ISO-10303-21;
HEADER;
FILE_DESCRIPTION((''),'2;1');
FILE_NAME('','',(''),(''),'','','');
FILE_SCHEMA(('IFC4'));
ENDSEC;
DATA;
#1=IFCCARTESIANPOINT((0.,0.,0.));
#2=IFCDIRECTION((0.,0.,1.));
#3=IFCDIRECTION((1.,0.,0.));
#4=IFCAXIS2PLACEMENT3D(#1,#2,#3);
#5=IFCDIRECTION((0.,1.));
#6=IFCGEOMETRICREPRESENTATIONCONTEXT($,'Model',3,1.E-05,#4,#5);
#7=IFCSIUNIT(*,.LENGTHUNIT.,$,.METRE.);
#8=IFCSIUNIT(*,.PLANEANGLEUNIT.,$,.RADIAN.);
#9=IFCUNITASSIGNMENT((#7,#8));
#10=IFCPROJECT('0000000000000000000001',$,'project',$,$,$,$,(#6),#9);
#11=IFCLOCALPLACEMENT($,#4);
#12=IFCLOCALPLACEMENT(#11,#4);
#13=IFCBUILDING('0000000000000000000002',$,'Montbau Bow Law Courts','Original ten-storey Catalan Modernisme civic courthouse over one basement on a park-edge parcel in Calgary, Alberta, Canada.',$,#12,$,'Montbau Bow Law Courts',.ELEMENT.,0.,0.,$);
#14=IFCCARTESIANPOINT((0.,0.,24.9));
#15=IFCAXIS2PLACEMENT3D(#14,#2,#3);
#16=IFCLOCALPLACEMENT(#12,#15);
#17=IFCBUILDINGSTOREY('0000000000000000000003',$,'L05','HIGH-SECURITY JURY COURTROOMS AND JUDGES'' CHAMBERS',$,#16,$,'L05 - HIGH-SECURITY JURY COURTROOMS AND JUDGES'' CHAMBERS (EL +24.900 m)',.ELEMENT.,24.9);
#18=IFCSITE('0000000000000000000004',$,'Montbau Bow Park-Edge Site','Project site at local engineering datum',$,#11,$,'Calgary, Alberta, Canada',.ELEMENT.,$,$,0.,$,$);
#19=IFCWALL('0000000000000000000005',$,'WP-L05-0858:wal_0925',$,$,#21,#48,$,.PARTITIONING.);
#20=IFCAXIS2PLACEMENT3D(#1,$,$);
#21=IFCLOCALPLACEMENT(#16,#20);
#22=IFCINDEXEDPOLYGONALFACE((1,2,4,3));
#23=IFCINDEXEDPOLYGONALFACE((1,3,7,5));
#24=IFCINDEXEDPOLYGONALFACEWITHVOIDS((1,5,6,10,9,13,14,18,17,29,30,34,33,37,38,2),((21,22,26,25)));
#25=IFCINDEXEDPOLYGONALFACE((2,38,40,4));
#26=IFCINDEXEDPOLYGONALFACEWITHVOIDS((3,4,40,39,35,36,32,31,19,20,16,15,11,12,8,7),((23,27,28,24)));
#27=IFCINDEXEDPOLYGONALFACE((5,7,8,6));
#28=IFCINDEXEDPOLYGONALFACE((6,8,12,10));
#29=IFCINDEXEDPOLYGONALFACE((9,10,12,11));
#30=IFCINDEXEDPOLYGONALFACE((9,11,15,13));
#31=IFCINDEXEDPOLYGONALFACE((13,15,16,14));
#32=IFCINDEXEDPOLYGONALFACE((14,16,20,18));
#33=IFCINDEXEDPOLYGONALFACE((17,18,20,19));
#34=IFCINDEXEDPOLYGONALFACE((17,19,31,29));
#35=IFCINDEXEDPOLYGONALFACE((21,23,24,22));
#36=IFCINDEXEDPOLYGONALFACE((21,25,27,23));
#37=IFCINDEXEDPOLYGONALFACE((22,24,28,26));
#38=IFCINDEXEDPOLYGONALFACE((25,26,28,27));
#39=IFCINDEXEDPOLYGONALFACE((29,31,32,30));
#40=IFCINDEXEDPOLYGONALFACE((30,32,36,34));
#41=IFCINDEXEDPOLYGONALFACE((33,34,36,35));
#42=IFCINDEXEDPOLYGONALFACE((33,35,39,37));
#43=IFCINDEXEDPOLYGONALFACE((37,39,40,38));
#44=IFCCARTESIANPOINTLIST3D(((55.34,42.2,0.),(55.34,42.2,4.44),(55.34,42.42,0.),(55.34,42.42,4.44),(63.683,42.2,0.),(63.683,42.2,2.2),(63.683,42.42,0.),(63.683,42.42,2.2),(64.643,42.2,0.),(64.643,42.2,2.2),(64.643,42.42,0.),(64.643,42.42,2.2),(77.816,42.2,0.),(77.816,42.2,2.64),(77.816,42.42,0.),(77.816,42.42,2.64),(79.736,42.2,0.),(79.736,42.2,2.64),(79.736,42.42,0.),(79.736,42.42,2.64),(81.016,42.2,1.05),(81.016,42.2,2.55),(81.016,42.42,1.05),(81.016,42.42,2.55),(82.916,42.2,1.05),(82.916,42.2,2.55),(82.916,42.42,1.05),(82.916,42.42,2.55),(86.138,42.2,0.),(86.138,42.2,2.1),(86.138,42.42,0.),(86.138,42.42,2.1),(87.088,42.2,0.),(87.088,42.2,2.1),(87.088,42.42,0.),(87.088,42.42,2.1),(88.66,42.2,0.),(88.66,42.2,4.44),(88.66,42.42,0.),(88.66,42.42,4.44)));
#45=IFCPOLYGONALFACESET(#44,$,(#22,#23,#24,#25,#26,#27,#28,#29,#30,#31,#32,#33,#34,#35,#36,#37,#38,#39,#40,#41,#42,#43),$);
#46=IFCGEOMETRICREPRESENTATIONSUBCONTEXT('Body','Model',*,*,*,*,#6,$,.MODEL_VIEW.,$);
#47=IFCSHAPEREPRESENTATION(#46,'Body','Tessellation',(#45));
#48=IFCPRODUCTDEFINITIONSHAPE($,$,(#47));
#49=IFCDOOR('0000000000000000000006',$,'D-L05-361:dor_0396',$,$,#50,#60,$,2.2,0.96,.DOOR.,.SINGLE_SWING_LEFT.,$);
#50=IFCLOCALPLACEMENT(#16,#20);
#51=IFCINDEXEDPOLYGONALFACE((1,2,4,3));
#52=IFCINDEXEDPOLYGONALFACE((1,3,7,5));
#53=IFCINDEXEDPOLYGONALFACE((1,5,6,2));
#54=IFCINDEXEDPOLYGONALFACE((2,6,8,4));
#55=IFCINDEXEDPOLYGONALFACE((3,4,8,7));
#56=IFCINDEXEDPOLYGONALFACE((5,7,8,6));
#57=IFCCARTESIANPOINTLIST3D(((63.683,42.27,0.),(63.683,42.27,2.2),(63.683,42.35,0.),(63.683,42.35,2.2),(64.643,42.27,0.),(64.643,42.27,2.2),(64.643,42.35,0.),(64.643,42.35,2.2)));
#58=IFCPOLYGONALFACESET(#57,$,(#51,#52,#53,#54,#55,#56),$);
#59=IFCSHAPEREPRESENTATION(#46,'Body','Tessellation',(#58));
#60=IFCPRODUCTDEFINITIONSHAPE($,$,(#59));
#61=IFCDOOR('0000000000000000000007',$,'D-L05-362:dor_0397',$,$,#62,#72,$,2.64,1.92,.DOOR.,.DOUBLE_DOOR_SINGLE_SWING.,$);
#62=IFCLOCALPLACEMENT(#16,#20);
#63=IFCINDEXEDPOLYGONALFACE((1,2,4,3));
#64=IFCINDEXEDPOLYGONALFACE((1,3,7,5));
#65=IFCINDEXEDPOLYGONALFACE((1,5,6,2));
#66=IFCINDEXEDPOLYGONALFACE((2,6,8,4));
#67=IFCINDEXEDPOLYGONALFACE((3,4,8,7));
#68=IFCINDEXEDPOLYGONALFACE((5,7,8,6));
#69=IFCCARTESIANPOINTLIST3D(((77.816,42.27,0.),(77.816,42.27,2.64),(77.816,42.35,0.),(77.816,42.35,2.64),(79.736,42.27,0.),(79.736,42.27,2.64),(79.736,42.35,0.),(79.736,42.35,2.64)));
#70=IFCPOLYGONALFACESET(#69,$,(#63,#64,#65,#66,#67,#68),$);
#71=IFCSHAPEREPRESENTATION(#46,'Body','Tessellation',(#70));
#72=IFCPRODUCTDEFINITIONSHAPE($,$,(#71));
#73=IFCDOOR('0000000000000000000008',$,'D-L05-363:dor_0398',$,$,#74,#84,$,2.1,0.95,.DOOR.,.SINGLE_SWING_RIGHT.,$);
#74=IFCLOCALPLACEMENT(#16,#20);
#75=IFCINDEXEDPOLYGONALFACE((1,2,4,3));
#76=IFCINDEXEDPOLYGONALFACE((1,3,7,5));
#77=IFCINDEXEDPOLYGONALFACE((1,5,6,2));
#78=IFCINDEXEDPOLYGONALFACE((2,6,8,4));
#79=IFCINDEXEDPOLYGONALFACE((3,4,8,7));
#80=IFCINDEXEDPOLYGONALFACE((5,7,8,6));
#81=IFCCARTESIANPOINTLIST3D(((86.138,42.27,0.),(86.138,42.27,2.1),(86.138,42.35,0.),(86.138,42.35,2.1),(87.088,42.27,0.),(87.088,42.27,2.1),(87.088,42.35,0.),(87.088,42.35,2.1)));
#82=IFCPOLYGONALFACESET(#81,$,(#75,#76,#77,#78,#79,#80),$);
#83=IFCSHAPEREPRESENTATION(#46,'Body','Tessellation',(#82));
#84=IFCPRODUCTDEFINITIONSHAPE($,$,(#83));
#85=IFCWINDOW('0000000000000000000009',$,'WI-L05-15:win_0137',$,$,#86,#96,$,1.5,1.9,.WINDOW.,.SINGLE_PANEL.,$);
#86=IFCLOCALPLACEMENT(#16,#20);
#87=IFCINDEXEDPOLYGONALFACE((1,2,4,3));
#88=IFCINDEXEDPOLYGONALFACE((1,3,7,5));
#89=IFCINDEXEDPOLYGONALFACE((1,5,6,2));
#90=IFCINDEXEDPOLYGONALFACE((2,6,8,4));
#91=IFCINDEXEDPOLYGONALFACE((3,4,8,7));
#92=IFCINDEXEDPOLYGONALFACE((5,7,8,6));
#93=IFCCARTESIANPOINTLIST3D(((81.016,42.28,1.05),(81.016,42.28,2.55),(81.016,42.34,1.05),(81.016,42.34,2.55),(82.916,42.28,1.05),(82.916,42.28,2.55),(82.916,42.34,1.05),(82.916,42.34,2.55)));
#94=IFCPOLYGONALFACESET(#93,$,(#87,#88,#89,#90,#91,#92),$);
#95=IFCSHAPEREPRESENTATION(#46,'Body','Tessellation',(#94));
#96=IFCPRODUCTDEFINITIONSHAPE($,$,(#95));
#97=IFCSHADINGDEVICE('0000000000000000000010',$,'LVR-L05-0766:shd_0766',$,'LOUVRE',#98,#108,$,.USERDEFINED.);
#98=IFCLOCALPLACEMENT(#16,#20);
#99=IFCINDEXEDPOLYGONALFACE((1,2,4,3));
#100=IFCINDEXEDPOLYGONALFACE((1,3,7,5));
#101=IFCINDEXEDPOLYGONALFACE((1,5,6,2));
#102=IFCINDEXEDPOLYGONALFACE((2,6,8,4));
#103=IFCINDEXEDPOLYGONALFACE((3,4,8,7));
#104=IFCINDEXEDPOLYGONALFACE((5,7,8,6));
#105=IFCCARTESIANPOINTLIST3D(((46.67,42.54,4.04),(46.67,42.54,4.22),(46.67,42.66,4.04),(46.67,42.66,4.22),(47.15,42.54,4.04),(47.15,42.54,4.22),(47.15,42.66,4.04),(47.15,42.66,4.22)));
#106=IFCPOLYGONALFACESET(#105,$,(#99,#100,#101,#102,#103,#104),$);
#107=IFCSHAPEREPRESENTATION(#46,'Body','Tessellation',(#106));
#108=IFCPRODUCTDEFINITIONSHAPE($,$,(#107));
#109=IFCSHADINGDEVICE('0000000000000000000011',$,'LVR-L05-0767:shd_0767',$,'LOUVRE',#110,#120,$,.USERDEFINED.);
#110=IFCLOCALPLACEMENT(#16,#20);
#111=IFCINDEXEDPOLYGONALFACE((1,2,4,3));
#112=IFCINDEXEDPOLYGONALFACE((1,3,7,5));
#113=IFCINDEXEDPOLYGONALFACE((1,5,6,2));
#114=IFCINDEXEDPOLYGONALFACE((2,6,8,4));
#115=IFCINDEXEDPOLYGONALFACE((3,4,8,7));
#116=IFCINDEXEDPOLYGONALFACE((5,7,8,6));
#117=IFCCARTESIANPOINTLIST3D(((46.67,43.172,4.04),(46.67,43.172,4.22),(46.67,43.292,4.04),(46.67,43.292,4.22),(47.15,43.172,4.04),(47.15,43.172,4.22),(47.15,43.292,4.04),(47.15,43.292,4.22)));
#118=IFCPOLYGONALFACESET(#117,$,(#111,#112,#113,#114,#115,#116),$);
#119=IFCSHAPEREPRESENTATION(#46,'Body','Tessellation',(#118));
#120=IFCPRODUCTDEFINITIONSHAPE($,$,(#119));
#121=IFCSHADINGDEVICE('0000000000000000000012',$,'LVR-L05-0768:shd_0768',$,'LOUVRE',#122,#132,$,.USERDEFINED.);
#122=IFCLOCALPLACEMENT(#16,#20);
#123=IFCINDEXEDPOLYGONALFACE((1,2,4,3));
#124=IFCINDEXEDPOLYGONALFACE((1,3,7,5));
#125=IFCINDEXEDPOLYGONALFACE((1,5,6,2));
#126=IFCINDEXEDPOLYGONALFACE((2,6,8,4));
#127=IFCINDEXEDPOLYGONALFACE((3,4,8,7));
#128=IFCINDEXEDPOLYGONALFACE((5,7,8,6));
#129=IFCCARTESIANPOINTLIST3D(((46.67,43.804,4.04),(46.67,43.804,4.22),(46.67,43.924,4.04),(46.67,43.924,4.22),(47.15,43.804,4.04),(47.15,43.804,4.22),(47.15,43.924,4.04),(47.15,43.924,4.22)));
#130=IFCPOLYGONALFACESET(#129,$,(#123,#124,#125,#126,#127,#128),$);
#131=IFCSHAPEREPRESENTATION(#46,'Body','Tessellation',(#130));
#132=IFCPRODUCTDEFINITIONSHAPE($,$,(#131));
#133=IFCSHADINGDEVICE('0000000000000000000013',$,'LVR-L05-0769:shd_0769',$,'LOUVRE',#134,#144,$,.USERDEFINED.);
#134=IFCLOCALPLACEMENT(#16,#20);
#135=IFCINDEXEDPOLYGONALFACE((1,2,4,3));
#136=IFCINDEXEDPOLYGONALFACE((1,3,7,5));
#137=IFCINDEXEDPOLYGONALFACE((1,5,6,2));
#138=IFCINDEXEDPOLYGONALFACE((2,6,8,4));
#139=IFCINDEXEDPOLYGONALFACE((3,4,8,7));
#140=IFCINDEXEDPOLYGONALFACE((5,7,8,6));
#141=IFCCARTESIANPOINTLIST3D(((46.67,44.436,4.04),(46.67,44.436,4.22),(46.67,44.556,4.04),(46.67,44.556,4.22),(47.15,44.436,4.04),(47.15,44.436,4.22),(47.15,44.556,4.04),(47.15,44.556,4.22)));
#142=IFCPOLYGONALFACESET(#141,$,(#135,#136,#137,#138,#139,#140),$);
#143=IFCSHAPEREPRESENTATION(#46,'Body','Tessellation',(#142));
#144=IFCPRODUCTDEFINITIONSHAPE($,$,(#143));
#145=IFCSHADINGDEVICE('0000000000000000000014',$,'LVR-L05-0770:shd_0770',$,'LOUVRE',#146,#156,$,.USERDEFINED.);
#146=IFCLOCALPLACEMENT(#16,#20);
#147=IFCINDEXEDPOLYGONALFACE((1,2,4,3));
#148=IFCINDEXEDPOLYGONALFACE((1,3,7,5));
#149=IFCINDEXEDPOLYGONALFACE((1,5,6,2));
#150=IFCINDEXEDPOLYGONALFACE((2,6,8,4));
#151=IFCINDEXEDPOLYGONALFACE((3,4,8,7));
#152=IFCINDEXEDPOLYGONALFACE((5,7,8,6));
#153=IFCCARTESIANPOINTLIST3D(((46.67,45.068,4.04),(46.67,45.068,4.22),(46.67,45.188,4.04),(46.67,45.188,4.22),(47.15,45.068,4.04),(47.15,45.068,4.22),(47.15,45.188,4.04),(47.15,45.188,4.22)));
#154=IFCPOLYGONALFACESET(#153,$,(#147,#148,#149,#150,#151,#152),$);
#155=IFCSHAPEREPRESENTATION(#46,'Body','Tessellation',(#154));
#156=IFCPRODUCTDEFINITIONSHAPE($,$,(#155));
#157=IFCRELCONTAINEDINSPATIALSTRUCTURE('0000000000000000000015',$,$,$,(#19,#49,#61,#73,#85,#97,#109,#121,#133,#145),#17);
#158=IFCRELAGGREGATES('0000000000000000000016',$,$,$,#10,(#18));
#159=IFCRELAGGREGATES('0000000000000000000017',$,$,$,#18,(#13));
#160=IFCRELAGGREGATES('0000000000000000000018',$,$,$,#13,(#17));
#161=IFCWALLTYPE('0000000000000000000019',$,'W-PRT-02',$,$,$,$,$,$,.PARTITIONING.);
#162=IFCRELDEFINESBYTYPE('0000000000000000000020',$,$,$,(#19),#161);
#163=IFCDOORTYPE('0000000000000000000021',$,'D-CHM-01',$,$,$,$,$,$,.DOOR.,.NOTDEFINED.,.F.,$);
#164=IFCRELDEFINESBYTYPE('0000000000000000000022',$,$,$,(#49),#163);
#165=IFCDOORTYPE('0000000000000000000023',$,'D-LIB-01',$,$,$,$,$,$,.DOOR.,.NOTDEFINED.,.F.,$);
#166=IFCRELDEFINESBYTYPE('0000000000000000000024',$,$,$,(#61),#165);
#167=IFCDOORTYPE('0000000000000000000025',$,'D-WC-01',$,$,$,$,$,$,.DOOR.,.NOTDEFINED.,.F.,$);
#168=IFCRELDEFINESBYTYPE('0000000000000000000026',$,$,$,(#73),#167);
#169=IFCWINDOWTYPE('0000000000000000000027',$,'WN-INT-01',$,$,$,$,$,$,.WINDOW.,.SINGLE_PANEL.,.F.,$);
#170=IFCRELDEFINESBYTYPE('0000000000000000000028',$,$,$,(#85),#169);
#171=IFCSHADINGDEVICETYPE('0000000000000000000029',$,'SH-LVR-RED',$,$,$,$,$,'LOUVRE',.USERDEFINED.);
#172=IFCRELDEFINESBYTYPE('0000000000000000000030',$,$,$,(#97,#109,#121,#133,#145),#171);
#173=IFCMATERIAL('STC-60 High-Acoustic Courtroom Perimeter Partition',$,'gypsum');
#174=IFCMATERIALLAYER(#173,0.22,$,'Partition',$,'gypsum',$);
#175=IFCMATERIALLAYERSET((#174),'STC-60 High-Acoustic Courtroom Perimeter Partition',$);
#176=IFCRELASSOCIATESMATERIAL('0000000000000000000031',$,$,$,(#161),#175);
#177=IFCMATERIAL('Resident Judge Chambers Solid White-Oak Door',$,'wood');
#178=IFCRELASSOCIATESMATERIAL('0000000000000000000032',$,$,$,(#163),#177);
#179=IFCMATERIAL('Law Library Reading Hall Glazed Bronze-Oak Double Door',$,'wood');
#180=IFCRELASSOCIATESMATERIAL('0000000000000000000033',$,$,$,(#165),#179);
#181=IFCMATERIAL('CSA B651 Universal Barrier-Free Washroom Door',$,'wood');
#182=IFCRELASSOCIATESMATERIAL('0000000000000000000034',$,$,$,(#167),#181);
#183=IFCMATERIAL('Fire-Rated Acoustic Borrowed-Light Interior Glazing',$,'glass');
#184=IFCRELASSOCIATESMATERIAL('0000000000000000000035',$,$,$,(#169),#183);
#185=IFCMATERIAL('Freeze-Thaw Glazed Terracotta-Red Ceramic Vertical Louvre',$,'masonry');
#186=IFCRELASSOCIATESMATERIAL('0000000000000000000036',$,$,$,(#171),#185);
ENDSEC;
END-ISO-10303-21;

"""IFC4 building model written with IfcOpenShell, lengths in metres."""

from ifc_helpers import new_model, si_unit, direction, frame, frame_2d, origin_with_axes, origin_2d_with_axis, place, context, subcontext, project, spatial, rectangle, extrude, material, layer, layer_set, type_object, element, fill, save


model = new_model("IFC4")

# Units and contexts
model_context = context("Model", 3, precision=1e-05, world=origin_with_axes(), true_north=direction((0.0, 1.0)))
body_context = subcontext(model_context, "Body", "Model", "MODEL_VIEW")
ifc_project = project(units=[si_unit("LENGTHUNIT", "METRE"), si_unit("PLANEANGLEUNIT", "RADIAN")], contexts=[model_context])

# Site, building, storey
site_placement = place(None, origin_with_axes())
site = spatial("IfcSite", under=ifc_project, at=site_placement, Name="Montbau Bow Park-Edge Site", Description="Project site at local engineering datum", LongName="Calgary, Alberta, Canada", CompositionType="ELEMENT", RefElevation=0.0)
building_placement = place(site_placement, origin_with_axes())
building = spatial("IfcBuilding", under=site, at=building_placement, Name="Montbau Bow Law Courts", Description="Original ten-storey Catalan Modernisme civic courthouse over one basement on a park-edge parcel in Calgary, Alberta, Canada.", LongName="Montbau Bow Law Courts", CompositionType="ELEMENT", ElevationOfRefHeight=0.0, ElevationOfTerrain=0.0)
storey_placement = place(building_placement, frame((0.0, 0.0, 24.9), z_axis=(0.0, 0.0, 1.0), x_axis=(1.0, 0.0, 0.0)))
storey = spatial("IfcBuildingStorey", under=building, at=storey_placement, Name="L05", Description="HIGH-SECURITY JURY COURTROOMS AND JUDGES' CHAMBERS", LongName="L05 - HIGH-SECURITY JURY COURTROOMS AND JUDGES' CHAMBERS (EL +24.900 m)", CompositionType="ELEMENT", Elevation=24.9)

# Wall, openings, doors, window
ifc_material_1 = material(Name="STC-60 High-Acoustic Courtroom Perimeter Partition", Category="gypsum")
ifc_layer_1 = layer(ifc_material_1, 0.22, Name="Partition", Category="gypsum")
ifc_layer_set_1 = layer_set([ifc_layer_1], Name="STC-60 High-Acoustic Courtroom Perimeter Partition")
wall_type = type_object("IfcWallType", Name="W-PRT-02", PredefinedType="PARTITIONING", material=ifc_layer_set_1)
wall_placement = place(None, frame((55.34, 42.31, 24.9), z_axis=(0.0, 0.0, 1.0), x_axis=(1.0, 0.0, 0.0)))
wall = element("IfcWall", 1, at=wall_placement, inside=storey, type_object=wall_type, Name="WP-L05-0858:wal_0925", PredefinedType="PARTITIONING", context=body_context, shape_type="SweptSolid", body=[
    extrude(rectangle(XDim=33.32, YDim=0.22, at=frame_2d((16.66, 0.0), x_axis=(1.0, 0.0))), origin_with_axes(), (0.0, 0.0, 1.0), 4.44),
])
opening_1_placement = place(None, frame((64.163, 42.31, 24.9), z_axis=(0.0, 0.0, 1.0), x_axis=(1.0, 0.0, 0.0)))
opening_1 = element("IfcOpeningElement", 2, at=opening_1_placement, cuts=wall, PredefinedType="OPENING", context=body_context, shape_type="SweptSolid", body=[
    extrude(rectangle(XDim=0.96, YDim=2.2, at=frame_2d((0.0, 1.1), x_axis=(1.0, 0.0))), frame((0.0, 0.12, 0.0), z_axis=(0.0, -1.0, 0.0), x_axis=(1.0, 0.0, 0.0)), (0.0, 0.0, 1.0), 0.24),
])
opening_2_placement = place(None, frame((78.776, 42.31, 24.9), z_axis=(0.0, 0.0, 1.0), x_axis=(1.0, 0.0, 0.0)))
opening_2 = element("IfcOpeningElement", 3, at=opening_2_placement, cuts=wall, PredefinedType="OPENING", context=body_context, shape_type="SweptSolid", body=[
    extrude(rectangle(XDim=1.92, YDim=2.64, at=frame_2d((0.0, 1.32), x_axis=(1.0, 0.0))), frame((0.0, 0.12, 0.0), z_axis=(0.0, -1.0, 0.0), x_axis=(1.0, 0.0, 0.0)), (0.0, 0.0, 1.0), 0.24),
])
opening_3_placement = place(None, frame((86.613, 42.31, 24.9), z_axis=(0.0, 0.0, 1.0), x_axis=(1.0, 0.0, 0.0)))
opening_3 = element("IfcOpeningElement", 4, at=opening_3_placement, cuts=wall, PredefinedType="OPENING", context=body_context, shape_type="SweptSolid", body=[
    extrude(rectangle(XDim=0.95, YDim=2.1, at=frame_2d((0.0, 1.05), x_axis=(1.0, 0.0))), frame((0.0, 0.12, 0.0), z_axis=(0.0, -1.0, 0.0), x_axis=(1.0, 0.0, 0.0)), (0.0, 0.0, 1.0), 0.24),
])
opening_4_placement = place(None, frame((81.966, 42.31, 25.95), z_axis=(0.0, 0.0, 1.0), x_axis=(1.0, 0.0, 0.0)))
opening_4 = element("IfcOpeningElement", 5, at=opening_4_placement, cuts=wall, PredefinedType="OPENING", context=body_context, shape_type="SweptSolid", body=[
    extrude(rectangle(XDim=1.9, YDim=1.5, at=frame_2d((0.0, 0.75), x_axis=(1.0, 0.0))), frame((0.0, 0.12, 0.0), z_axis=(0.0, -1.0, 0.0), x_axis=(1.0, 0.0, 0.0)), (0.0, 0.0, 1.0), 0.24),
])
ifc_material_2 = material(Name="Resident Judge Chambers Solid White-Oak Door", Category="wood")
door_type_1 = type_object("IfcDoorType", Name="D-CHM-01", OperationType="NOTDEFINED", ParameterTakesPrecedence=False, PredefinedType="DOOR", material=ifc_material_2)
door_1_placement = place(None, frame((64.163, 42.31, 24.9), z_axis=(0.0, 0.0, 1.0), x_axis=(1.0, 0.0, 0.0)))
door_1 = element("IfcDoor", 6, at=door_1_placement, inside=storey, type_object=door_type_1, Name="D-L05-361:dor_0396", OperationType="SINGLE_SWING_LEFT", OverallHeight=2.2, OverallWidth=0.96, PredefinedType="DOOR", context=body_context, shape_type="SweptSolid", body=[
    extrude(rectangle(XDim=0.96, YDim=2.2, at=frame_2d((0.0, 1.1), x_axis=(1.0, 0.0))), frame((0.0, 0.04, 0.0), z_axis=(0.0, -1.0, 0.0), x_axis=(1.0, 0.0, 0.0)), (0.0, 0.0, 1.0), 0.08),
])
fill(opening_1, door_1)
ifc_material_3 = material(Name="Law Library Reading Hall Glazed Bronze-Oak Double Door", Category="wood")
door_type_2 = type_object("IfcDoorType", Name="D-LIB-01", OperationType="NOTDEFINED", ParameterTakesPrecedence=False, PredefinedType="DOOR", material=ifc_material_3)
door_2_placement = place(None, frame((78.776, 42.31, 24.9), z_axis=(0.0, 0.0, 1.0), x_axis=(1.0, 0.0, 0.0)))
door_2 = element("IfcDoor", 7, at=door_2_placement, inside=storey, type_object=door_type_2, Name="D-L05-362:dor_0397", OperationType="DOUBLE_DOOR_SINGLE_SWING", OverallHeight=2.64, OverallWidth=1.92, PredefinedType="DOOR", context=body_context, shape_type="SweptSolid", body=[
    extrude(rectangle(XDim=1.92, YDim=2.64, at=frame_2d((0.0, 1.32), x_axis=(1.0, 0.0))), frame((0.0, 0.04, 0.0), z_axis=(0.0, -1.0, 0.0), x_axis=(1.0, 0.0, 0.0)), (0.0, 0.0, 1.0), 0.08),
])
fill(opening_2, door_2)
ifc_material_4 = material(Name="CSA B651 Universal Barrier-Free Washroom Door", Category="wood")
door_type_3 = type_object("IfcDoorType", Name="D-WC-01", OperationType="NOTDEFINED", ParameterTakesPrecedence=False, PredefinedType="DOOR", material=ifc_material_4)
door_3_placement = place(None, frame((86.613, 42.31, 24.9), z_axis=(0.0, 0.0, 1.0), x_axis=(1.0, 0.0, 0.0)))
door_3 = element("IfcDoor", 8, at=door_3_placement, inside=storey, type_object=door_type_3, Name="D-L05-363:dor_0398", OperationType="SINGLE_SWING_RIGHT", OverallHeight=2.1, OverallWidth=0.95, PredefinedType="DOOR", context=body_context, shape_type="SweptSolid", body=[
    extrude(rectangle(XDim=0.95, YDim=2.1, at=frame_2d((0.0, 1.05), x_axis=(1.0, 0.0))), frame((0.0, 0.04, 0.0), z_axis=(0.0, -1.0, 0.0), x_axis=(1.0, 0.0, 0.0)), (0.0, 0.0, 1.0), 0.08),
])
fill(opening_3, door_3)
ifc_material_5 = material(Name="Fire-Rated Acoustic Borrowed-Light Interior Glazing", Category="glass")
window_type = type_object("IfcWindowType", Name="WN-INT-01", ParameterTakesPrecedence=False, PartitioningType="SINGLE_PANEL", PredefinedType="WINDOW", material=ifc_material_5)
window_placement = place(None, frame((81.966, 42.31, 25.95), z_axis=(0.0, 0.0, 1.0), x_axis=(1.0, 0.0, 0.0)))
window = element("IfcWindow", 9, at=window_placement, inside=storey, type_object=window_type, Name="WI-L05-15:win_0137", OverallHeight=1.5, OverallWidth=1.9, PartitioningType="SINGLE_PANEL", PredefinedType="WINDOW", context=body_context, shape_type="SweptSolid", body=[
    extrude(rectangle(XDim=1.9, YDim=1.5, at=frame_2d((0.0, 0.75), x_axis=(1.0, 0.0))), frame((0.0, 0.03, 0.0), z_axis=(0.0, -1.0, 0.0), x_axis=(1.0, 0.0, 0.0)), (0.0, 0.0, 1.0), 0.06),
])
fill(opening_4, window)

# Shading devices
ifc_material_6 = material(Name="Freeze-Thaw Glazed Terracotta-Red Ceramic Vertical Louvre", Category="masonry")
shading_device_type = type_object("IfcShadingDeviceType", Name="SH-LVR-RED", ElementType="LOUVRE", PredefinedType="USERDEFINED", material=ifc_material_6)
for number, where, z_axis, x_axis, name in (
    (10, (46.91, 42.6, 28.94), (0.0, 0.0, 1.0), (1.0, 0.0, 0.0), "LVR-L05-0766:shd_0766"),
    (11, (46.91, 43.232, 28.94), (0.0, 0.0, 1.0), (1.0, 0.0, 0.0), "LVR-L05-0767:shd_0767"),
    (12, (46.91, 43.864, 28.94), (0.0, 0.0, 1.0), (1.0, 0.0, 0.0), "LVR-L05-0768:shd_0768"),
    (13, (46.91, 44.496, 28.94), (0.0, 0.0, 1.0), (1.0, 0.0, 0.0), "LVR-L05-0769:shd_0769"),
    (14, (46.91, 45.128, 28.94), (0.0, 0.0, 1.0), (1.0, 0.0, 0.0), "LVR-L05-0770:shd_0770"),
):
    element("IfcShadingDevice", number, at=place(None, frame(where, z_axis=z_axis, x_axis=x_axis)), inside=storey, type_object=shading_device_type, Name=name, ObjectType="LOUVRE", PredefinedType="USERDEFINED", context=body_context, shape_type="SweptSolid", body=[
        extrude(rectangle(XDim=0.48, YDim=0.12, at=origin_2d_with_axis()), origin_with_axes(), (0.0, 0.0, 1.0), 0.18),
    ])

save(model, "model.ifc")
